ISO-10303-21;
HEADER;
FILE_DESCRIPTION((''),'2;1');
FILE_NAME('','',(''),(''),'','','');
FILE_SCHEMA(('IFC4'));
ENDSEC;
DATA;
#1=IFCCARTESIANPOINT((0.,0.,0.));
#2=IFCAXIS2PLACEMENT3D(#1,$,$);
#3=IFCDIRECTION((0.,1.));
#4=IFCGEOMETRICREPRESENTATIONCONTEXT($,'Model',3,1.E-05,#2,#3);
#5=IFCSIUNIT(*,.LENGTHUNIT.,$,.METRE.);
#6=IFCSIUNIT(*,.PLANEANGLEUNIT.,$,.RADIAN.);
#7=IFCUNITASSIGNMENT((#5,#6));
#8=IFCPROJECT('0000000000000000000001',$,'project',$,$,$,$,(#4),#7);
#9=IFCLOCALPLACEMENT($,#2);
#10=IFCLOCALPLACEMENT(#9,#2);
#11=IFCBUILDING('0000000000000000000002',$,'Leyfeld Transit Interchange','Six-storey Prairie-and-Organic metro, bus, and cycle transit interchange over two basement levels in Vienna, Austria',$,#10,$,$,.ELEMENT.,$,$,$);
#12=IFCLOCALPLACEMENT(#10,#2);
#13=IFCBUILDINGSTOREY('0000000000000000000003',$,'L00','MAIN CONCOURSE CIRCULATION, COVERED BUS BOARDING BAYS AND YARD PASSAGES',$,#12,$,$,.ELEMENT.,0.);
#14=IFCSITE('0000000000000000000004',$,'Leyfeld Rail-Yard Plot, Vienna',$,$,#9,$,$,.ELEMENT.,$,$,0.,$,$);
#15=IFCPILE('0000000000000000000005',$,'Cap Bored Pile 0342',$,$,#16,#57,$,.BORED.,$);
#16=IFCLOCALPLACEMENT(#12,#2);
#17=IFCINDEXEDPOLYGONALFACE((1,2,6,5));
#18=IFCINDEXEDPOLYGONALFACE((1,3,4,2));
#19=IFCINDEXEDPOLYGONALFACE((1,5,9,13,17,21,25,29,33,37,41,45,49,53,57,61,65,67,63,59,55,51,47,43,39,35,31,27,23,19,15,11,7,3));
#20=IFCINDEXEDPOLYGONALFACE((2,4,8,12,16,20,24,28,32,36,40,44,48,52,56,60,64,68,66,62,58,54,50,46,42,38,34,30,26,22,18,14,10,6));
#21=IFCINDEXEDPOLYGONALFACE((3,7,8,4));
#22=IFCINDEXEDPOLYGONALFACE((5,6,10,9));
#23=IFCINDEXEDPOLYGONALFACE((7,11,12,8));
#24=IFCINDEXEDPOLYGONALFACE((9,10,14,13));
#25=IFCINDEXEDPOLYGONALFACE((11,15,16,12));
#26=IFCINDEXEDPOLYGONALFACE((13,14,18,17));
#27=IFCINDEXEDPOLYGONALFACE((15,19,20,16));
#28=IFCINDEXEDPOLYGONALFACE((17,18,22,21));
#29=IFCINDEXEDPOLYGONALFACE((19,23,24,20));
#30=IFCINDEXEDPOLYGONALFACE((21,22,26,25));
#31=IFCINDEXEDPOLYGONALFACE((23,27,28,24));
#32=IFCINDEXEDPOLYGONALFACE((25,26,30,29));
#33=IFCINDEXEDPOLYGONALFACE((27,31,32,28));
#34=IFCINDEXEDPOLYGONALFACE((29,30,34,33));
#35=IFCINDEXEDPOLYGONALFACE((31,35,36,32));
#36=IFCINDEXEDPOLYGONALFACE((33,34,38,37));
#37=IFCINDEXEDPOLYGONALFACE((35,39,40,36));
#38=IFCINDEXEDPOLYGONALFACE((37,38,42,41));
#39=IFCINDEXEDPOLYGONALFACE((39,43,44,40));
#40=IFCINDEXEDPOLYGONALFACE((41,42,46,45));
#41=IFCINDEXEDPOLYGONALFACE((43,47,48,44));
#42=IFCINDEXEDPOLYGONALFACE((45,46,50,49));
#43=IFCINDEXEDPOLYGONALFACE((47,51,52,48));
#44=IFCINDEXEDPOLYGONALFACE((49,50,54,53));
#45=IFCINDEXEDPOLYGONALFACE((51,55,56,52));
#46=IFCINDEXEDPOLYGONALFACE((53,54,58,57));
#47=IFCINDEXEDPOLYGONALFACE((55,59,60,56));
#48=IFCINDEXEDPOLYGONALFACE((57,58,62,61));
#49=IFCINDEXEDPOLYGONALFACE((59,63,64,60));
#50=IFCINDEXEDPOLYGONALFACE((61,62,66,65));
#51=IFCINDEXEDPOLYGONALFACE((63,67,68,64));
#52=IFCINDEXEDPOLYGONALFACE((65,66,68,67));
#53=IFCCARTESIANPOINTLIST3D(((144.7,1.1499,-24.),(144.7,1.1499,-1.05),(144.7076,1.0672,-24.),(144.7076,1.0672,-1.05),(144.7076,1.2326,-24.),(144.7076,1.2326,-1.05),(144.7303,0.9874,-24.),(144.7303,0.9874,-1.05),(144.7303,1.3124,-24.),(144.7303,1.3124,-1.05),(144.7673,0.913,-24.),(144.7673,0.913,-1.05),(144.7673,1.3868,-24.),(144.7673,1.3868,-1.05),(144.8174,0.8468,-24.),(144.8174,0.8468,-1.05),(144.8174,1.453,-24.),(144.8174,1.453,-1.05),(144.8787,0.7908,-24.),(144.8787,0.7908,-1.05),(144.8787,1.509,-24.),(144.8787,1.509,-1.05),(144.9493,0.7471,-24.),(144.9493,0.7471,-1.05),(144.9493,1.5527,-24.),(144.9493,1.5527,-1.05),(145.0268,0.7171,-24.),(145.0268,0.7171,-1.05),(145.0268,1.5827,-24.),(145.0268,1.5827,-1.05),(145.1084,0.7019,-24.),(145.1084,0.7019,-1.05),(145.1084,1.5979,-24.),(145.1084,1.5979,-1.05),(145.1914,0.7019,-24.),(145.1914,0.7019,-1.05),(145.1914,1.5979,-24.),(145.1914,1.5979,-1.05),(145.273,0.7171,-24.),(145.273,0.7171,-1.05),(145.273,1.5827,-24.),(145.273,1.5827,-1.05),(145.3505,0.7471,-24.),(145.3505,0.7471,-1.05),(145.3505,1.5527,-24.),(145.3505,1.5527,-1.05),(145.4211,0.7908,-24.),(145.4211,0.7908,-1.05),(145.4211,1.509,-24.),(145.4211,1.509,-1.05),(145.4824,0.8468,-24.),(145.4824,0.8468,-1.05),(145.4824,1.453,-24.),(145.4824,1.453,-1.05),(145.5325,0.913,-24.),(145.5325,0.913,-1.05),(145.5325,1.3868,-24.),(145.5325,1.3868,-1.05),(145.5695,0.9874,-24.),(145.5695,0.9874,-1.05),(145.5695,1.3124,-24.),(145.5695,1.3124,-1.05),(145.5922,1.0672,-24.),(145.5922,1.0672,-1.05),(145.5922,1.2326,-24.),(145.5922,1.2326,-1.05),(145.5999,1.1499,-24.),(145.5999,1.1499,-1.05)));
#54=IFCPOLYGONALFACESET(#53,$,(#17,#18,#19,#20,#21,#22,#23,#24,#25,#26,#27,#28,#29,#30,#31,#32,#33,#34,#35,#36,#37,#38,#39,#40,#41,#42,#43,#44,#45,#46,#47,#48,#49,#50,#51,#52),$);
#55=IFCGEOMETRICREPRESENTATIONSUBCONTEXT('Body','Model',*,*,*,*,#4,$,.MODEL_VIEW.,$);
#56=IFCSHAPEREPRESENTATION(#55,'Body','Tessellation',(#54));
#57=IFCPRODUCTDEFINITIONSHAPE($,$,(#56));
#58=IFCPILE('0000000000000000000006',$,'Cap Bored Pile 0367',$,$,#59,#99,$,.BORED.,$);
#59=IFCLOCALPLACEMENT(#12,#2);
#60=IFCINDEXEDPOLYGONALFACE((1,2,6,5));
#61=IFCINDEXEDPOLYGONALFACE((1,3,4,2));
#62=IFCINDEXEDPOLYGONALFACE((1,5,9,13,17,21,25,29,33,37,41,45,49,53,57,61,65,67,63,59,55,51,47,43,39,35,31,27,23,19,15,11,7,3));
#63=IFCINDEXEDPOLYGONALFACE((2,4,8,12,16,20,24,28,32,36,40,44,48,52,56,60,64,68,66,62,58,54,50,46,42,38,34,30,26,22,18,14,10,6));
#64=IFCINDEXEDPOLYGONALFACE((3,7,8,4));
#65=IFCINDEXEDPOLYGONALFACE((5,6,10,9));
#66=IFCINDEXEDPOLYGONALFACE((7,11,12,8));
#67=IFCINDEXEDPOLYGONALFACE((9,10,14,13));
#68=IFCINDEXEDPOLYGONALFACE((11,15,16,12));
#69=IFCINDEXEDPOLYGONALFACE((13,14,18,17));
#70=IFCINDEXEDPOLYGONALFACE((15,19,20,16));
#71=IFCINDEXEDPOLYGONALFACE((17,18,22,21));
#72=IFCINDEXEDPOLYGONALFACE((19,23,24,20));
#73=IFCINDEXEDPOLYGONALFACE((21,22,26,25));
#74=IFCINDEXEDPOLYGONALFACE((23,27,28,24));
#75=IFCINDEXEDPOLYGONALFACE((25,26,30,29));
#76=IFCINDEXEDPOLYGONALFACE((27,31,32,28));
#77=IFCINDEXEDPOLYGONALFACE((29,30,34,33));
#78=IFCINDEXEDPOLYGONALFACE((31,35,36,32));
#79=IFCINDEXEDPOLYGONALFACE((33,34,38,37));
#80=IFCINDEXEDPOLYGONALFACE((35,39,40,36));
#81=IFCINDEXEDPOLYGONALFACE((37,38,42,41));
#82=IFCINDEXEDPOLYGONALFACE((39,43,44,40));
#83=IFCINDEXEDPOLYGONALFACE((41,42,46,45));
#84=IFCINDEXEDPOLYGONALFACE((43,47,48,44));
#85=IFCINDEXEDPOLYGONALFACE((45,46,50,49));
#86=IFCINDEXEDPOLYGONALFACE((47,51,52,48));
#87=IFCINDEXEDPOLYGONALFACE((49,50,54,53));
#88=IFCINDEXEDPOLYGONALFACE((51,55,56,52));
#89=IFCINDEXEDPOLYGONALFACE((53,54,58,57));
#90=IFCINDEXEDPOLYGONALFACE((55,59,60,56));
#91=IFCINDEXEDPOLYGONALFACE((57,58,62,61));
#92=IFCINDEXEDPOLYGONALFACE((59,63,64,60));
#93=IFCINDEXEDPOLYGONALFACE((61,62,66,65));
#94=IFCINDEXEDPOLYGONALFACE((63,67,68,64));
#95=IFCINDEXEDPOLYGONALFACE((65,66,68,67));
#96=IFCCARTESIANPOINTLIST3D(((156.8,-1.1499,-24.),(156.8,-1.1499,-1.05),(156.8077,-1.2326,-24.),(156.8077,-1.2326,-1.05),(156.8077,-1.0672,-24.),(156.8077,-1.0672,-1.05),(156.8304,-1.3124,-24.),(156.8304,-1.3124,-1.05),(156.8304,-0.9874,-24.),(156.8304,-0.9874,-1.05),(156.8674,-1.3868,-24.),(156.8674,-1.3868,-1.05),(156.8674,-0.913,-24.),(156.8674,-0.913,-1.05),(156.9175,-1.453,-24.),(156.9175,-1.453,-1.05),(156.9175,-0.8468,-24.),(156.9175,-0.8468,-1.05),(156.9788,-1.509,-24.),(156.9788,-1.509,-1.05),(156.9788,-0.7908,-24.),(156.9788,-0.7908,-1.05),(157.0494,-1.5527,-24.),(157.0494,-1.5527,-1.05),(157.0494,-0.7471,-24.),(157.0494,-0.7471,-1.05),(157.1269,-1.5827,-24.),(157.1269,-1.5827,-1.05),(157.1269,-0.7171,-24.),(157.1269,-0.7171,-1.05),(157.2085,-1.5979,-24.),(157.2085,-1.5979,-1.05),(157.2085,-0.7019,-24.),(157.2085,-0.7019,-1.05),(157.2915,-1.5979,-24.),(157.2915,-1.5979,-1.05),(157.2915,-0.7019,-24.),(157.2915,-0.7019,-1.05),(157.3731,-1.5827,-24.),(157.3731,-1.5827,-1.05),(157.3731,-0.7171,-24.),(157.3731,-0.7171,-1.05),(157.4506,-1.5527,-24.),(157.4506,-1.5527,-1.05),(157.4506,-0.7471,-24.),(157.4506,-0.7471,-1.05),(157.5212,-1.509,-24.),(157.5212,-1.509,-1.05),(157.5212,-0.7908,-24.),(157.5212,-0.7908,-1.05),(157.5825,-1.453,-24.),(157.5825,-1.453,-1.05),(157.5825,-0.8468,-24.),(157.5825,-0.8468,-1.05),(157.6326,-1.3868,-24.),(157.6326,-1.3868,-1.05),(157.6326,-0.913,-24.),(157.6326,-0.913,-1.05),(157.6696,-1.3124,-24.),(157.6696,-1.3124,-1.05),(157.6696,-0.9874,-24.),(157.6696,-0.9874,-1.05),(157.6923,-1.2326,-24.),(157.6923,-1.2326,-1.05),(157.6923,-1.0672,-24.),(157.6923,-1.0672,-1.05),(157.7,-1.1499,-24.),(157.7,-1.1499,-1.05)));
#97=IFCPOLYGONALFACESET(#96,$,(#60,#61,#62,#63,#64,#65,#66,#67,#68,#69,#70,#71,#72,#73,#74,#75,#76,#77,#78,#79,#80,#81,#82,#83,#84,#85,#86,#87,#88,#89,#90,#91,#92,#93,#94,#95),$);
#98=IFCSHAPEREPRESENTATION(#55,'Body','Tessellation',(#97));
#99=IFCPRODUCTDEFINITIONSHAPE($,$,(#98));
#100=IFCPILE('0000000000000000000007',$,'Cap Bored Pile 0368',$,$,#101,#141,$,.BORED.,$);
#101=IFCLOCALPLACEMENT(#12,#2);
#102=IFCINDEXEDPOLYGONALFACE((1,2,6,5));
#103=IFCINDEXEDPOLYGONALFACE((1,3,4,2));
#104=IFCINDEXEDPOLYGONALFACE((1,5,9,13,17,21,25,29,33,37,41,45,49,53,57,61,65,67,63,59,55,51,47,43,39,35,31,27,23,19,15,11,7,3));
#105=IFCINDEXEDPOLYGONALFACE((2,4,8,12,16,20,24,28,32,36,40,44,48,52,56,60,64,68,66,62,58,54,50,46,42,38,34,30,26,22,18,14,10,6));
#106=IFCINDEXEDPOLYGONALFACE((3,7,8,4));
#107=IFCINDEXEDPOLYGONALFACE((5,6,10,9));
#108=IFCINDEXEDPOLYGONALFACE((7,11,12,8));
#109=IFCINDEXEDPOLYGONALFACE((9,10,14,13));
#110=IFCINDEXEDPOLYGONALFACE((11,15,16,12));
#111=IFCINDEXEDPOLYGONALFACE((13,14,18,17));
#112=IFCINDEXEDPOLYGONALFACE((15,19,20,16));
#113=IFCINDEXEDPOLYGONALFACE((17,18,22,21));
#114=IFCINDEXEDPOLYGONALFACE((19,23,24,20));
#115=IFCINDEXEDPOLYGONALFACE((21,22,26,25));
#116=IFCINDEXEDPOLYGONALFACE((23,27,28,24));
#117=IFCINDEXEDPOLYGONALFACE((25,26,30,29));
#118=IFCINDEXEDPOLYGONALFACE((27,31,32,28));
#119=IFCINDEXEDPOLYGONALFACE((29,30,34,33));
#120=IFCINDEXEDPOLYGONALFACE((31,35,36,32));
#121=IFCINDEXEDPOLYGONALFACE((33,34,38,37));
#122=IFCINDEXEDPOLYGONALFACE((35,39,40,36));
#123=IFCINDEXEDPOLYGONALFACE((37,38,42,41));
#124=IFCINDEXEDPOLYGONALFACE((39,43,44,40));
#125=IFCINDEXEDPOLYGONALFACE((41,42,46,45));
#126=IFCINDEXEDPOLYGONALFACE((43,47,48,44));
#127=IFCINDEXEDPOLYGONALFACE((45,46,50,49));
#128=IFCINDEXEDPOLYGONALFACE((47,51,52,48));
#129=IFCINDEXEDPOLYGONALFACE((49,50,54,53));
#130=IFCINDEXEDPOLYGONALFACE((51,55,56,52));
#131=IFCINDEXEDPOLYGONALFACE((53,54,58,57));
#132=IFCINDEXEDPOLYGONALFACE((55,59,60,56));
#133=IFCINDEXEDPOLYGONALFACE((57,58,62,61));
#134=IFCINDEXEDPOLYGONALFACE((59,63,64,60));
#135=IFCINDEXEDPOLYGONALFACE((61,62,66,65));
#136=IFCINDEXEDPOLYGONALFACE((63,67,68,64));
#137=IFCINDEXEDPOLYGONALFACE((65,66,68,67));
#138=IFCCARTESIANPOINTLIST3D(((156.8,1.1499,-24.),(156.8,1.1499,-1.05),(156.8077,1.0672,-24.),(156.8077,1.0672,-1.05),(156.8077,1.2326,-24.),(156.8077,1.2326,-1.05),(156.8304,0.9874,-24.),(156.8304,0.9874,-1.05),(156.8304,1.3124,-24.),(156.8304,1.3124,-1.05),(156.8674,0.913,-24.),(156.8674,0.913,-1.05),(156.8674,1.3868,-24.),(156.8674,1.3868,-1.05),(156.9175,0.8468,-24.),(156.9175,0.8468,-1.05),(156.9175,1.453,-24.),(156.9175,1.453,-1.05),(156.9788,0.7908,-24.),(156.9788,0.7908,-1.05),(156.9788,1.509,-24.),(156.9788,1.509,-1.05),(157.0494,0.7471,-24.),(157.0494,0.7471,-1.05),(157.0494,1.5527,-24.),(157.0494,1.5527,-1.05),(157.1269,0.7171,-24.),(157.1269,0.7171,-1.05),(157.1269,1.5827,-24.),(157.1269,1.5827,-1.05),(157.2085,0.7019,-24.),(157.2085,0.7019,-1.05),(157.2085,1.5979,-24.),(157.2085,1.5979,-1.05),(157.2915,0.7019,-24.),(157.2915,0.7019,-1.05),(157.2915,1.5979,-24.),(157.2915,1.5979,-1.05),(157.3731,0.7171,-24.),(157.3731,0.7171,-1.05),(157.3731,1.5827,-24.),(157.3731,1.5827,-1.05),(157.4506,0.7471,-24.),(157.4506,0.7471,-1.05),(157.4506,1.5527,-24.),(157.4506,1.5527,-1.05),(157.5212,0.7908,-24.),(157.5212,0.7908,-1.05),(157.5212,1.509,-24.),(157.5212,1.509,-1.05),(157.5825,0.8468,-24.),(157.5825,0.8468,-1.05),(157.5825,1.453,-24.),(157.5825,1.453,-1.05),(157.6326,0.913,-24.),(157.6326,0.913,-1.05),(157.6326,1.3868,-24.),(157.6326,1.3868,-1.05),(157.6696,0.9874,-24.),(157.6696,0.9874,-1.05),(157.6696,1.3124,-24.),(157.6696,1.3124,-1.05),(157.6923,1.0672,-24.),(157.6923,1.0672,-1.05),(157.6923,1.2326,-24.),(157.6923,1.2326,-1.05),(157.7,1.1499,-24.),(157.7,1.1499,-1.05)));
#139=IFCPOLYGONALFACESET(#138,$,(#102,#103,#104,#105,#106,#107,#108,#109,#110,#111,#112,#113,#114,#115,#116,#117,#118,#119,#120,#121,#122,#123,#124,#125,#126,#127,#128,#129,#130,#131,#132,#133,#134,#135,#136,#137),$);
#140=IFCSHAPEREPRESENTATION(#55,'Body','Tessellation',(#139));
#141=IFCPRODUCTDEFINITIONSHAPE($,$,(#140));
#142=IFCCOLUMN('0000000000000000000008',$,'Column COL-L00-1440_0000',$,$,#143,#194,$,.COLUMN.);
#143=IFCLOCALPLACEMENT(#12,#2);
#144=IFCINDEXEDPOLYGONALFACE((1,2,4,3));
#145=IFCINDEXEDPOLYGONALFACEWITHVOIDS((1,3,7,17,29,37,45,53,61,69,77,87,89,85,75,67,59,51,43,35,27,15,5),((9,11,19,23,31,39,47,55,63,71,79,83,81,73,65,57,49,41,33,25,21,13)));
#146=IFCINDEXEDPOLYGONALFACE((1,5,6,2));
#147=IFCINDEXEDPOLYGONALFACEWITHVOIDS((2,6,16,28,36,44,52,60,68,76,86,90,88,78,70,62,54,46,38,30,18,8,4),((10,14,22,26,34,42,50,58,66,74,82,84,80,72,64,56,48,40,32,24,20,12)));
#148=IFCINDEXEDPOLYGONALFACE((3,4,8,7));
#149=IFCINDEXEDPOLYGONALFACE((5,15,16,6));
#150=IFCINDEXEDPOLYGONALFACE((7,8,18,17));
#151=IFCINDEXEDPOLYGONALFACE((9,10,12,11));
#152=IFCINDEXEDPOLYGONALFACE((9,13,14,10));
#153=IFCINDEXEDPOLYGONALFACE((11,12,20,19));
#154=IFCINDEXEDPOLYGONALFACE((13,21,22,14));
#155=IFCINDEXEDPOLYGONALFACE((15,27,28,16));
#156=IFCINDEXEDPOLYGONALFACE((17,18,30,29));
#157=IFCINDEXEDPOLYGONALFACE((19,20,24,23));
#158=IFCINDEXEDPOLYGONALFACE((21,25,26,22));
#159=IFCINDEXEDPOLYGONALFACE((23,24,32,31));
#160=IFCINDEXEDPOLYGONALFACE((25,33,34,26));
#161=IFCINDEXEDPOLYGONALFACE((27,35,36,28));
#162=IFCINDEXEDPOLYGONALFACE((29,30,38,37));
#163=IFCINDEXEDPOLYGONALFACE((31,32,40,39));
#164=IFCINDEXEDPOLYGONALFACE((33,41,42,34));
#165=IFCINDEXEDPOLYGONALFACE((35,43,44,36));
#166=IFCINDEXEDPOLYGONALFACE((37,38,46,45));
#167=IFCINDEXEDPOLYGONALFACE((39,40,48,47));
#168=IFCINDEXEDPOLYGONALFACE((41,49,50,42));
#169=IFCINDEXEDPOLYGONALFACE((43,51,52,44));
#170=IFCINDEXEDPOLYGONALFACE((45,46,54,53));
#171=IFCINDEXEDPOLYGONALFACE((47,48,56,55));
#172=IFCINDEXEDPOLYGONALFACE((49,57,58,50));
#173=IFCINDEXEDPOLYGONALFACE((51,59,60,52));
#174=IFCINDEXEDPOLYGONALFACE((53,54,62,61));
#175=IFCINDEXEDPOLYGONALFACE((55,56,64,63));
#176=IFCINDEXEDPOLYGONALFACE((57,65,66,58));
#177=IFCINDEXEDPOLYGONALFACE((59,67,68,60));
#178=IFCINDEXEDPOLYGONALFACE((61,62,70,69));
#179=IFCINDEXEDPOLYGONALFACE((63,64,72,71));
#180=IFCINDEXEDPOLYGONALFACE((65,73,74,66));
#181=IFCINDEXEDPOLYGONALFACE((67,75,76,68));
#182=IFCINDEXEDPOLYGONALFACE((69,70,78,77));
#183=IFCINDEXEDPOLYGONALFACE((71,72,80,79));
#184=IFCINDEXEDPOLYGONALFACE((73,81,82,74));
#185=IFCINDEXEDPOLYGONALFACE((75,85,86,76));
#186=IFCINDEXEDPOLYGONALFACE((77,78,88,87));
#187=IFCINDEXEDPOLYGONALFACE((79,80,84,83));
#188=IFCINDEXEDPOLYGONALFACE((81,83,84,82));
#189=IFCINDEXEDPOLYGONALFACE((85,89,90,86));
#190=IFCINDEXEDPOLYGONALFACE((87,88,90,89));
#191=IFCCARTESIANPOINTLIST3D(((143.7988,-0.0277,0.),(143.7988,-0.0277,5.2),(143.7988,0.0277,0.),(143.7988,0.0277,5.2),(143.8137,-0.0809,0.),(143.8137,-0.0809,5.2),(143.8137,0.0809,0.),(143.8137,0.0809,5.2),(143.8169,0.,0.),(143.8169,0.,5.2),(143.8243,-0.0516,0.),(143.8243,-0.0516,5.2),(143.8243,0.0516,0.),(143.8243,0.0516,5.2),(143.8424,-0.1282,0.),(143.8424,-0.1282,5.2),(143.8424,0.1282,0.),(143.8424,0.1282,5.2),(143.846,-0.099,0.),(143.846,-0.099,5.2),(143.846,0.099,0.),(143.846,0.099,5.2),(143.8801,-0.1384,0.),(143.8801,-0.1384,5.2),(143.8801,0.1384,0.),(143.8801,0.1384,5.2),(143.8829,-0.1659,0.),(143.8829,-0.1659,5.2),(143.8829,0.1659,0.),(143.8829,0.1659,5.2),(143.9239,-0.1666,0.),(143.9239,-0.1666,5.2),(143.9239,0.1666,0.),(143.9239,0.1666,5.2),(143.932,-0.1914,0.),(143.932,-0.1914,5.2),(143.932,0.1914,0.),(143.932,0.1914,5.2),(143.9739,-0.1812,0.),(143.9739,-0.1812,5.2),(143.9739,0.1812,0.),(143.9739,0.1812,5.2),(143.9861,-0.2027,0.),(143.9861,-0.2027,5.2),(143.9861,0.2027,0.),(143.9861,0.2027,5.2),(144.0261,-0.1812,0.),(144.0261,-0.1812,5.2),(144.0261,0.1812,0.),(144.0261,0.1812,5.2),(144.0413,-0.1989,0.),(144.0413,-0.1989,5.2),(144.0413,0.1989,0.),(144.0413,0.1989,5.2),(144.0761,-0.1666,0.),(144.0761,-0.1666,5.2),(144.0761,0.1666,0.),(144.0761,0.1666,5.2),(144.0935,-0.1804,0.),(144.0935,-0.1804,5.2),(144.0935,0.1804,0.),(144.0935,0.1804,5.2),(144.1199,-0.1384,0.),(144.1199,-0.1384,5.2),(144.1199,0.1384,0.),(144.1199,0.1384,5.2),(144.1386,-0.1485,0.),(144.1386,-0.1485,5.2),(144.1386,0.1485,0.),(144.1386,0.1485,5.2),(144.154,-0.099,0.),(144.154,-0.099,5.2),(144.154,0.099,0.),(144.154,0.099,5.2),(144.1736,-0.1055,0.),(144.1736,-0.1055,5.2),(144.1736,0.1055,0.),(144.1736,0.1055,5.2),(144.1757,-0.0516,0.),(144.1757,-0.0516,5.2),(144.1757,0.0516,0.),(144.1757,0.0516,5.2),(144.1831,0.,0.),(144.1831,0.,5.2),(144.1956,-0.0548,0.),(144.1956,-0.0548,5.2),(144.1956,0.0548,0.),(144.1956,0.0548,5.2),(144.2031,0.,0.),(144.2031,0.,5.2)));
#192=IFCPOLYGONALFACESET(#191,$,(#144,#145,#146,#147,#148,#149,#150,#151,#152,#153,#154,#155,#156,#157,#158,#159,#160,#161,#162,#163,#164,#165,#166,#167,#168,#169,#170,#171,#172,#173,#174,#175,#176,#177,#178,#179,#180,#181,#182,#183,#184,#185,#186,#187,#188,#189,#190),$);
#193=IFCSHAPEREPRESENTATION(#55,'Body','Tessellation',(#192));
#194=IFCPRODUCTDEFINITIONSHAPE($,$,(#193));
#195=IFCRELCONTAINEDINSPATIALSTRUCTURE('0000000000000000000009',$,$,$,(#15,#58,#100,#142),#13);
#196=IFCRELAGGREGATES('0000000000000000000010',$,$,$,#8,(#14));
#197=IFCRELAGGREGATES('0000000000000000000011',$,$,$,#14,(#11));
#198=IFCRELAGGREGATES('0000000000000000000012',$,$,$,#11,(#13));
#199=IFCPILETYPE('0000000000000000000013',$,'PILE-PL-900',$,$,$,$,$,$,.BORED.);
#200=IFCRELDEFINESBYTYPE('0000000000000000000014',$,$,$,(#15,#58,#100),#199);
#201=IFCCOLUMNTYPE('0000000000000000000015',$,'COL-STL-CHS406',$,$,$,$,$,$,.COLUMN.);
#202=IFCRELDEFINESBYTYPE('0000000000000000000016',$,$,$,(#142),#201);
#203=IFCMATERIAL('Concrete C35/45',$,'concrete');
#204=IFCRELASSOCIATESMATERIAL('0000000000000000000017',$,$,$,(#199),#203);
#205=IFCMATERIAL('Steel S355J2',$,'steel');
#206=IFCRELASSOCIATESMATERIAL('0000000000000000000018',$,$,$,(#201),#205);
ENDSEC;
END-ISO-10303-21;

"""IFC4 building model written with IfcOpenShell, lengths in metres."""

from ifc_helpers import new_model, si_unit, direction, frame, origin, origin_2d, place, context, subcontext, project, spatial, circle, hollow_circle, extrude, material, material_profile, profile_set, type_object, element, save


model = new_model("IFC4")

# Units and contexts
model_context = context("Model", 3, precision=1e-05, world=origin(), true_north=direction((0.0, 1.0)))
body_context = subcontext(model_context, "Body", "Model", "MODEL_VIEW")
ifc_project = project(units=[si_unit("LENGTHUNIT", "METRE"), si_unit("PLANEANGLEUNIT", "RADIAN")], contexts=[model_context])

# Site, building, storey
site_placement = place(None, origin())
site = spatial("IfcSite", under=ifc_project, at=site_placement, Name="Leyfeld Rail-Yard Plot, Vienna", CompositionType="ELEMENT", RefElevation=0.0)
building_placement = place(site_placement, origin())
building = spatial("IfcBuilding", under=site, at=building_placement, Name="Leyfeld Transit Interchange", Description="Six-storey Prairie-and-Organic metro, bus, and cycle transit interchange over two basement levels in Vienna, Austria", CompositionType="ELEMENT")
storey_placement = place(building_placement, origin())
storey = spatial("IfcBuildingStorey", under=building, at=storey_placement, Name="L00", Description="MAIN CONCOURSE CIRCULATION, COVERED BUS BOARDING BAYS AND YARD PASSAGES", CompositionType="ELEMENT", Elevation=0.0)

# Shared definitions
ifc_material_1 = material(Name="Concrete C35/45", Category="concrete")

# Piles
ifc_material_profile_1 = material_profile(ifc_material_1, circle(Radius=0.45, at=origin_2d()), Name="PILE D900")
ifc_profile_set_1 = profile_set([ifc_material_profile_1], Name="Concrete C35/45")
pile_type = type_object("IfcPileType", Name="PILE-PL-900", PredefinedType="BORED", material=ifc_profile_set_1)
for number, where, z_axis, x_axis, name in (
    (1, (145.1499, 1.1499, -1.05), (0.0, 0.0, -1.0), (1.0, 0.0, 0.0), "Cap Bored Pile 0342"),
    (2, (157.25, -1.1499, -1.05), (0.0, 0.0, -1.0), (1.0, 0.0, 0.0), "Cap Bored Pile 0367"),
    (3, (157.25, 1.1499, -1.05), (0.0, 0.0, -1.0), (1.0, 0.0, 0.0), "Cap Bored Pile 0368"),
):
    element("IfcPile", number, at=place(storey_placement, frame(where, z_axis=z_axis, x_axis=x_axis)), inside=storey, type_object=pile_type, Name=name, PredefinedType="BORED", context=body_context, shape_type="SweptSolid", body=[
        extrude(circle(Radius=0.45, at=origin_2d()), origin(), (0.0, 0.0, 1.0), 22.95),
    ])

# Column
ifc_material_2 = material(Name="Steel S355J2", Category="steel")
ifc_material_profile_2 = material_profile(ifc_material_2, hollow_circle(Radius=0.2031, WallThickness=0.02, at=origin_2d()), Name="CHS 406.4x20")
ifc_profile_set_2 = profile_set([ifc_material_profile_2], Name="Steel S355J2")
column_type = type_object("IfcColumnType", Name="COL-STL-CHS406", PredefinedType="COLUMN", material=ifc_profile_set_2)
column_placement = place(storey_placement, frame((144.0, 0.0, 0.0), z_axis=(0.0, 0.0, 1.0), x_axis=(1.0, 0.0, 0.0)))
element("IfcColumn", 4, at=column_placement, inside=storey, type_object=column_type, Name="Column COL-L00-1440_0000", PredefinedType="COLUMN", context=body_context, shape_type="SweptSolid", body=[
    extrude(hollow_circle(Radius=0.2031, WallThickness=0.02, at=origin_2d()), origin(), (0.0, 0.0, 1.0), 5.2),
])

save(model, "model.ifc")
